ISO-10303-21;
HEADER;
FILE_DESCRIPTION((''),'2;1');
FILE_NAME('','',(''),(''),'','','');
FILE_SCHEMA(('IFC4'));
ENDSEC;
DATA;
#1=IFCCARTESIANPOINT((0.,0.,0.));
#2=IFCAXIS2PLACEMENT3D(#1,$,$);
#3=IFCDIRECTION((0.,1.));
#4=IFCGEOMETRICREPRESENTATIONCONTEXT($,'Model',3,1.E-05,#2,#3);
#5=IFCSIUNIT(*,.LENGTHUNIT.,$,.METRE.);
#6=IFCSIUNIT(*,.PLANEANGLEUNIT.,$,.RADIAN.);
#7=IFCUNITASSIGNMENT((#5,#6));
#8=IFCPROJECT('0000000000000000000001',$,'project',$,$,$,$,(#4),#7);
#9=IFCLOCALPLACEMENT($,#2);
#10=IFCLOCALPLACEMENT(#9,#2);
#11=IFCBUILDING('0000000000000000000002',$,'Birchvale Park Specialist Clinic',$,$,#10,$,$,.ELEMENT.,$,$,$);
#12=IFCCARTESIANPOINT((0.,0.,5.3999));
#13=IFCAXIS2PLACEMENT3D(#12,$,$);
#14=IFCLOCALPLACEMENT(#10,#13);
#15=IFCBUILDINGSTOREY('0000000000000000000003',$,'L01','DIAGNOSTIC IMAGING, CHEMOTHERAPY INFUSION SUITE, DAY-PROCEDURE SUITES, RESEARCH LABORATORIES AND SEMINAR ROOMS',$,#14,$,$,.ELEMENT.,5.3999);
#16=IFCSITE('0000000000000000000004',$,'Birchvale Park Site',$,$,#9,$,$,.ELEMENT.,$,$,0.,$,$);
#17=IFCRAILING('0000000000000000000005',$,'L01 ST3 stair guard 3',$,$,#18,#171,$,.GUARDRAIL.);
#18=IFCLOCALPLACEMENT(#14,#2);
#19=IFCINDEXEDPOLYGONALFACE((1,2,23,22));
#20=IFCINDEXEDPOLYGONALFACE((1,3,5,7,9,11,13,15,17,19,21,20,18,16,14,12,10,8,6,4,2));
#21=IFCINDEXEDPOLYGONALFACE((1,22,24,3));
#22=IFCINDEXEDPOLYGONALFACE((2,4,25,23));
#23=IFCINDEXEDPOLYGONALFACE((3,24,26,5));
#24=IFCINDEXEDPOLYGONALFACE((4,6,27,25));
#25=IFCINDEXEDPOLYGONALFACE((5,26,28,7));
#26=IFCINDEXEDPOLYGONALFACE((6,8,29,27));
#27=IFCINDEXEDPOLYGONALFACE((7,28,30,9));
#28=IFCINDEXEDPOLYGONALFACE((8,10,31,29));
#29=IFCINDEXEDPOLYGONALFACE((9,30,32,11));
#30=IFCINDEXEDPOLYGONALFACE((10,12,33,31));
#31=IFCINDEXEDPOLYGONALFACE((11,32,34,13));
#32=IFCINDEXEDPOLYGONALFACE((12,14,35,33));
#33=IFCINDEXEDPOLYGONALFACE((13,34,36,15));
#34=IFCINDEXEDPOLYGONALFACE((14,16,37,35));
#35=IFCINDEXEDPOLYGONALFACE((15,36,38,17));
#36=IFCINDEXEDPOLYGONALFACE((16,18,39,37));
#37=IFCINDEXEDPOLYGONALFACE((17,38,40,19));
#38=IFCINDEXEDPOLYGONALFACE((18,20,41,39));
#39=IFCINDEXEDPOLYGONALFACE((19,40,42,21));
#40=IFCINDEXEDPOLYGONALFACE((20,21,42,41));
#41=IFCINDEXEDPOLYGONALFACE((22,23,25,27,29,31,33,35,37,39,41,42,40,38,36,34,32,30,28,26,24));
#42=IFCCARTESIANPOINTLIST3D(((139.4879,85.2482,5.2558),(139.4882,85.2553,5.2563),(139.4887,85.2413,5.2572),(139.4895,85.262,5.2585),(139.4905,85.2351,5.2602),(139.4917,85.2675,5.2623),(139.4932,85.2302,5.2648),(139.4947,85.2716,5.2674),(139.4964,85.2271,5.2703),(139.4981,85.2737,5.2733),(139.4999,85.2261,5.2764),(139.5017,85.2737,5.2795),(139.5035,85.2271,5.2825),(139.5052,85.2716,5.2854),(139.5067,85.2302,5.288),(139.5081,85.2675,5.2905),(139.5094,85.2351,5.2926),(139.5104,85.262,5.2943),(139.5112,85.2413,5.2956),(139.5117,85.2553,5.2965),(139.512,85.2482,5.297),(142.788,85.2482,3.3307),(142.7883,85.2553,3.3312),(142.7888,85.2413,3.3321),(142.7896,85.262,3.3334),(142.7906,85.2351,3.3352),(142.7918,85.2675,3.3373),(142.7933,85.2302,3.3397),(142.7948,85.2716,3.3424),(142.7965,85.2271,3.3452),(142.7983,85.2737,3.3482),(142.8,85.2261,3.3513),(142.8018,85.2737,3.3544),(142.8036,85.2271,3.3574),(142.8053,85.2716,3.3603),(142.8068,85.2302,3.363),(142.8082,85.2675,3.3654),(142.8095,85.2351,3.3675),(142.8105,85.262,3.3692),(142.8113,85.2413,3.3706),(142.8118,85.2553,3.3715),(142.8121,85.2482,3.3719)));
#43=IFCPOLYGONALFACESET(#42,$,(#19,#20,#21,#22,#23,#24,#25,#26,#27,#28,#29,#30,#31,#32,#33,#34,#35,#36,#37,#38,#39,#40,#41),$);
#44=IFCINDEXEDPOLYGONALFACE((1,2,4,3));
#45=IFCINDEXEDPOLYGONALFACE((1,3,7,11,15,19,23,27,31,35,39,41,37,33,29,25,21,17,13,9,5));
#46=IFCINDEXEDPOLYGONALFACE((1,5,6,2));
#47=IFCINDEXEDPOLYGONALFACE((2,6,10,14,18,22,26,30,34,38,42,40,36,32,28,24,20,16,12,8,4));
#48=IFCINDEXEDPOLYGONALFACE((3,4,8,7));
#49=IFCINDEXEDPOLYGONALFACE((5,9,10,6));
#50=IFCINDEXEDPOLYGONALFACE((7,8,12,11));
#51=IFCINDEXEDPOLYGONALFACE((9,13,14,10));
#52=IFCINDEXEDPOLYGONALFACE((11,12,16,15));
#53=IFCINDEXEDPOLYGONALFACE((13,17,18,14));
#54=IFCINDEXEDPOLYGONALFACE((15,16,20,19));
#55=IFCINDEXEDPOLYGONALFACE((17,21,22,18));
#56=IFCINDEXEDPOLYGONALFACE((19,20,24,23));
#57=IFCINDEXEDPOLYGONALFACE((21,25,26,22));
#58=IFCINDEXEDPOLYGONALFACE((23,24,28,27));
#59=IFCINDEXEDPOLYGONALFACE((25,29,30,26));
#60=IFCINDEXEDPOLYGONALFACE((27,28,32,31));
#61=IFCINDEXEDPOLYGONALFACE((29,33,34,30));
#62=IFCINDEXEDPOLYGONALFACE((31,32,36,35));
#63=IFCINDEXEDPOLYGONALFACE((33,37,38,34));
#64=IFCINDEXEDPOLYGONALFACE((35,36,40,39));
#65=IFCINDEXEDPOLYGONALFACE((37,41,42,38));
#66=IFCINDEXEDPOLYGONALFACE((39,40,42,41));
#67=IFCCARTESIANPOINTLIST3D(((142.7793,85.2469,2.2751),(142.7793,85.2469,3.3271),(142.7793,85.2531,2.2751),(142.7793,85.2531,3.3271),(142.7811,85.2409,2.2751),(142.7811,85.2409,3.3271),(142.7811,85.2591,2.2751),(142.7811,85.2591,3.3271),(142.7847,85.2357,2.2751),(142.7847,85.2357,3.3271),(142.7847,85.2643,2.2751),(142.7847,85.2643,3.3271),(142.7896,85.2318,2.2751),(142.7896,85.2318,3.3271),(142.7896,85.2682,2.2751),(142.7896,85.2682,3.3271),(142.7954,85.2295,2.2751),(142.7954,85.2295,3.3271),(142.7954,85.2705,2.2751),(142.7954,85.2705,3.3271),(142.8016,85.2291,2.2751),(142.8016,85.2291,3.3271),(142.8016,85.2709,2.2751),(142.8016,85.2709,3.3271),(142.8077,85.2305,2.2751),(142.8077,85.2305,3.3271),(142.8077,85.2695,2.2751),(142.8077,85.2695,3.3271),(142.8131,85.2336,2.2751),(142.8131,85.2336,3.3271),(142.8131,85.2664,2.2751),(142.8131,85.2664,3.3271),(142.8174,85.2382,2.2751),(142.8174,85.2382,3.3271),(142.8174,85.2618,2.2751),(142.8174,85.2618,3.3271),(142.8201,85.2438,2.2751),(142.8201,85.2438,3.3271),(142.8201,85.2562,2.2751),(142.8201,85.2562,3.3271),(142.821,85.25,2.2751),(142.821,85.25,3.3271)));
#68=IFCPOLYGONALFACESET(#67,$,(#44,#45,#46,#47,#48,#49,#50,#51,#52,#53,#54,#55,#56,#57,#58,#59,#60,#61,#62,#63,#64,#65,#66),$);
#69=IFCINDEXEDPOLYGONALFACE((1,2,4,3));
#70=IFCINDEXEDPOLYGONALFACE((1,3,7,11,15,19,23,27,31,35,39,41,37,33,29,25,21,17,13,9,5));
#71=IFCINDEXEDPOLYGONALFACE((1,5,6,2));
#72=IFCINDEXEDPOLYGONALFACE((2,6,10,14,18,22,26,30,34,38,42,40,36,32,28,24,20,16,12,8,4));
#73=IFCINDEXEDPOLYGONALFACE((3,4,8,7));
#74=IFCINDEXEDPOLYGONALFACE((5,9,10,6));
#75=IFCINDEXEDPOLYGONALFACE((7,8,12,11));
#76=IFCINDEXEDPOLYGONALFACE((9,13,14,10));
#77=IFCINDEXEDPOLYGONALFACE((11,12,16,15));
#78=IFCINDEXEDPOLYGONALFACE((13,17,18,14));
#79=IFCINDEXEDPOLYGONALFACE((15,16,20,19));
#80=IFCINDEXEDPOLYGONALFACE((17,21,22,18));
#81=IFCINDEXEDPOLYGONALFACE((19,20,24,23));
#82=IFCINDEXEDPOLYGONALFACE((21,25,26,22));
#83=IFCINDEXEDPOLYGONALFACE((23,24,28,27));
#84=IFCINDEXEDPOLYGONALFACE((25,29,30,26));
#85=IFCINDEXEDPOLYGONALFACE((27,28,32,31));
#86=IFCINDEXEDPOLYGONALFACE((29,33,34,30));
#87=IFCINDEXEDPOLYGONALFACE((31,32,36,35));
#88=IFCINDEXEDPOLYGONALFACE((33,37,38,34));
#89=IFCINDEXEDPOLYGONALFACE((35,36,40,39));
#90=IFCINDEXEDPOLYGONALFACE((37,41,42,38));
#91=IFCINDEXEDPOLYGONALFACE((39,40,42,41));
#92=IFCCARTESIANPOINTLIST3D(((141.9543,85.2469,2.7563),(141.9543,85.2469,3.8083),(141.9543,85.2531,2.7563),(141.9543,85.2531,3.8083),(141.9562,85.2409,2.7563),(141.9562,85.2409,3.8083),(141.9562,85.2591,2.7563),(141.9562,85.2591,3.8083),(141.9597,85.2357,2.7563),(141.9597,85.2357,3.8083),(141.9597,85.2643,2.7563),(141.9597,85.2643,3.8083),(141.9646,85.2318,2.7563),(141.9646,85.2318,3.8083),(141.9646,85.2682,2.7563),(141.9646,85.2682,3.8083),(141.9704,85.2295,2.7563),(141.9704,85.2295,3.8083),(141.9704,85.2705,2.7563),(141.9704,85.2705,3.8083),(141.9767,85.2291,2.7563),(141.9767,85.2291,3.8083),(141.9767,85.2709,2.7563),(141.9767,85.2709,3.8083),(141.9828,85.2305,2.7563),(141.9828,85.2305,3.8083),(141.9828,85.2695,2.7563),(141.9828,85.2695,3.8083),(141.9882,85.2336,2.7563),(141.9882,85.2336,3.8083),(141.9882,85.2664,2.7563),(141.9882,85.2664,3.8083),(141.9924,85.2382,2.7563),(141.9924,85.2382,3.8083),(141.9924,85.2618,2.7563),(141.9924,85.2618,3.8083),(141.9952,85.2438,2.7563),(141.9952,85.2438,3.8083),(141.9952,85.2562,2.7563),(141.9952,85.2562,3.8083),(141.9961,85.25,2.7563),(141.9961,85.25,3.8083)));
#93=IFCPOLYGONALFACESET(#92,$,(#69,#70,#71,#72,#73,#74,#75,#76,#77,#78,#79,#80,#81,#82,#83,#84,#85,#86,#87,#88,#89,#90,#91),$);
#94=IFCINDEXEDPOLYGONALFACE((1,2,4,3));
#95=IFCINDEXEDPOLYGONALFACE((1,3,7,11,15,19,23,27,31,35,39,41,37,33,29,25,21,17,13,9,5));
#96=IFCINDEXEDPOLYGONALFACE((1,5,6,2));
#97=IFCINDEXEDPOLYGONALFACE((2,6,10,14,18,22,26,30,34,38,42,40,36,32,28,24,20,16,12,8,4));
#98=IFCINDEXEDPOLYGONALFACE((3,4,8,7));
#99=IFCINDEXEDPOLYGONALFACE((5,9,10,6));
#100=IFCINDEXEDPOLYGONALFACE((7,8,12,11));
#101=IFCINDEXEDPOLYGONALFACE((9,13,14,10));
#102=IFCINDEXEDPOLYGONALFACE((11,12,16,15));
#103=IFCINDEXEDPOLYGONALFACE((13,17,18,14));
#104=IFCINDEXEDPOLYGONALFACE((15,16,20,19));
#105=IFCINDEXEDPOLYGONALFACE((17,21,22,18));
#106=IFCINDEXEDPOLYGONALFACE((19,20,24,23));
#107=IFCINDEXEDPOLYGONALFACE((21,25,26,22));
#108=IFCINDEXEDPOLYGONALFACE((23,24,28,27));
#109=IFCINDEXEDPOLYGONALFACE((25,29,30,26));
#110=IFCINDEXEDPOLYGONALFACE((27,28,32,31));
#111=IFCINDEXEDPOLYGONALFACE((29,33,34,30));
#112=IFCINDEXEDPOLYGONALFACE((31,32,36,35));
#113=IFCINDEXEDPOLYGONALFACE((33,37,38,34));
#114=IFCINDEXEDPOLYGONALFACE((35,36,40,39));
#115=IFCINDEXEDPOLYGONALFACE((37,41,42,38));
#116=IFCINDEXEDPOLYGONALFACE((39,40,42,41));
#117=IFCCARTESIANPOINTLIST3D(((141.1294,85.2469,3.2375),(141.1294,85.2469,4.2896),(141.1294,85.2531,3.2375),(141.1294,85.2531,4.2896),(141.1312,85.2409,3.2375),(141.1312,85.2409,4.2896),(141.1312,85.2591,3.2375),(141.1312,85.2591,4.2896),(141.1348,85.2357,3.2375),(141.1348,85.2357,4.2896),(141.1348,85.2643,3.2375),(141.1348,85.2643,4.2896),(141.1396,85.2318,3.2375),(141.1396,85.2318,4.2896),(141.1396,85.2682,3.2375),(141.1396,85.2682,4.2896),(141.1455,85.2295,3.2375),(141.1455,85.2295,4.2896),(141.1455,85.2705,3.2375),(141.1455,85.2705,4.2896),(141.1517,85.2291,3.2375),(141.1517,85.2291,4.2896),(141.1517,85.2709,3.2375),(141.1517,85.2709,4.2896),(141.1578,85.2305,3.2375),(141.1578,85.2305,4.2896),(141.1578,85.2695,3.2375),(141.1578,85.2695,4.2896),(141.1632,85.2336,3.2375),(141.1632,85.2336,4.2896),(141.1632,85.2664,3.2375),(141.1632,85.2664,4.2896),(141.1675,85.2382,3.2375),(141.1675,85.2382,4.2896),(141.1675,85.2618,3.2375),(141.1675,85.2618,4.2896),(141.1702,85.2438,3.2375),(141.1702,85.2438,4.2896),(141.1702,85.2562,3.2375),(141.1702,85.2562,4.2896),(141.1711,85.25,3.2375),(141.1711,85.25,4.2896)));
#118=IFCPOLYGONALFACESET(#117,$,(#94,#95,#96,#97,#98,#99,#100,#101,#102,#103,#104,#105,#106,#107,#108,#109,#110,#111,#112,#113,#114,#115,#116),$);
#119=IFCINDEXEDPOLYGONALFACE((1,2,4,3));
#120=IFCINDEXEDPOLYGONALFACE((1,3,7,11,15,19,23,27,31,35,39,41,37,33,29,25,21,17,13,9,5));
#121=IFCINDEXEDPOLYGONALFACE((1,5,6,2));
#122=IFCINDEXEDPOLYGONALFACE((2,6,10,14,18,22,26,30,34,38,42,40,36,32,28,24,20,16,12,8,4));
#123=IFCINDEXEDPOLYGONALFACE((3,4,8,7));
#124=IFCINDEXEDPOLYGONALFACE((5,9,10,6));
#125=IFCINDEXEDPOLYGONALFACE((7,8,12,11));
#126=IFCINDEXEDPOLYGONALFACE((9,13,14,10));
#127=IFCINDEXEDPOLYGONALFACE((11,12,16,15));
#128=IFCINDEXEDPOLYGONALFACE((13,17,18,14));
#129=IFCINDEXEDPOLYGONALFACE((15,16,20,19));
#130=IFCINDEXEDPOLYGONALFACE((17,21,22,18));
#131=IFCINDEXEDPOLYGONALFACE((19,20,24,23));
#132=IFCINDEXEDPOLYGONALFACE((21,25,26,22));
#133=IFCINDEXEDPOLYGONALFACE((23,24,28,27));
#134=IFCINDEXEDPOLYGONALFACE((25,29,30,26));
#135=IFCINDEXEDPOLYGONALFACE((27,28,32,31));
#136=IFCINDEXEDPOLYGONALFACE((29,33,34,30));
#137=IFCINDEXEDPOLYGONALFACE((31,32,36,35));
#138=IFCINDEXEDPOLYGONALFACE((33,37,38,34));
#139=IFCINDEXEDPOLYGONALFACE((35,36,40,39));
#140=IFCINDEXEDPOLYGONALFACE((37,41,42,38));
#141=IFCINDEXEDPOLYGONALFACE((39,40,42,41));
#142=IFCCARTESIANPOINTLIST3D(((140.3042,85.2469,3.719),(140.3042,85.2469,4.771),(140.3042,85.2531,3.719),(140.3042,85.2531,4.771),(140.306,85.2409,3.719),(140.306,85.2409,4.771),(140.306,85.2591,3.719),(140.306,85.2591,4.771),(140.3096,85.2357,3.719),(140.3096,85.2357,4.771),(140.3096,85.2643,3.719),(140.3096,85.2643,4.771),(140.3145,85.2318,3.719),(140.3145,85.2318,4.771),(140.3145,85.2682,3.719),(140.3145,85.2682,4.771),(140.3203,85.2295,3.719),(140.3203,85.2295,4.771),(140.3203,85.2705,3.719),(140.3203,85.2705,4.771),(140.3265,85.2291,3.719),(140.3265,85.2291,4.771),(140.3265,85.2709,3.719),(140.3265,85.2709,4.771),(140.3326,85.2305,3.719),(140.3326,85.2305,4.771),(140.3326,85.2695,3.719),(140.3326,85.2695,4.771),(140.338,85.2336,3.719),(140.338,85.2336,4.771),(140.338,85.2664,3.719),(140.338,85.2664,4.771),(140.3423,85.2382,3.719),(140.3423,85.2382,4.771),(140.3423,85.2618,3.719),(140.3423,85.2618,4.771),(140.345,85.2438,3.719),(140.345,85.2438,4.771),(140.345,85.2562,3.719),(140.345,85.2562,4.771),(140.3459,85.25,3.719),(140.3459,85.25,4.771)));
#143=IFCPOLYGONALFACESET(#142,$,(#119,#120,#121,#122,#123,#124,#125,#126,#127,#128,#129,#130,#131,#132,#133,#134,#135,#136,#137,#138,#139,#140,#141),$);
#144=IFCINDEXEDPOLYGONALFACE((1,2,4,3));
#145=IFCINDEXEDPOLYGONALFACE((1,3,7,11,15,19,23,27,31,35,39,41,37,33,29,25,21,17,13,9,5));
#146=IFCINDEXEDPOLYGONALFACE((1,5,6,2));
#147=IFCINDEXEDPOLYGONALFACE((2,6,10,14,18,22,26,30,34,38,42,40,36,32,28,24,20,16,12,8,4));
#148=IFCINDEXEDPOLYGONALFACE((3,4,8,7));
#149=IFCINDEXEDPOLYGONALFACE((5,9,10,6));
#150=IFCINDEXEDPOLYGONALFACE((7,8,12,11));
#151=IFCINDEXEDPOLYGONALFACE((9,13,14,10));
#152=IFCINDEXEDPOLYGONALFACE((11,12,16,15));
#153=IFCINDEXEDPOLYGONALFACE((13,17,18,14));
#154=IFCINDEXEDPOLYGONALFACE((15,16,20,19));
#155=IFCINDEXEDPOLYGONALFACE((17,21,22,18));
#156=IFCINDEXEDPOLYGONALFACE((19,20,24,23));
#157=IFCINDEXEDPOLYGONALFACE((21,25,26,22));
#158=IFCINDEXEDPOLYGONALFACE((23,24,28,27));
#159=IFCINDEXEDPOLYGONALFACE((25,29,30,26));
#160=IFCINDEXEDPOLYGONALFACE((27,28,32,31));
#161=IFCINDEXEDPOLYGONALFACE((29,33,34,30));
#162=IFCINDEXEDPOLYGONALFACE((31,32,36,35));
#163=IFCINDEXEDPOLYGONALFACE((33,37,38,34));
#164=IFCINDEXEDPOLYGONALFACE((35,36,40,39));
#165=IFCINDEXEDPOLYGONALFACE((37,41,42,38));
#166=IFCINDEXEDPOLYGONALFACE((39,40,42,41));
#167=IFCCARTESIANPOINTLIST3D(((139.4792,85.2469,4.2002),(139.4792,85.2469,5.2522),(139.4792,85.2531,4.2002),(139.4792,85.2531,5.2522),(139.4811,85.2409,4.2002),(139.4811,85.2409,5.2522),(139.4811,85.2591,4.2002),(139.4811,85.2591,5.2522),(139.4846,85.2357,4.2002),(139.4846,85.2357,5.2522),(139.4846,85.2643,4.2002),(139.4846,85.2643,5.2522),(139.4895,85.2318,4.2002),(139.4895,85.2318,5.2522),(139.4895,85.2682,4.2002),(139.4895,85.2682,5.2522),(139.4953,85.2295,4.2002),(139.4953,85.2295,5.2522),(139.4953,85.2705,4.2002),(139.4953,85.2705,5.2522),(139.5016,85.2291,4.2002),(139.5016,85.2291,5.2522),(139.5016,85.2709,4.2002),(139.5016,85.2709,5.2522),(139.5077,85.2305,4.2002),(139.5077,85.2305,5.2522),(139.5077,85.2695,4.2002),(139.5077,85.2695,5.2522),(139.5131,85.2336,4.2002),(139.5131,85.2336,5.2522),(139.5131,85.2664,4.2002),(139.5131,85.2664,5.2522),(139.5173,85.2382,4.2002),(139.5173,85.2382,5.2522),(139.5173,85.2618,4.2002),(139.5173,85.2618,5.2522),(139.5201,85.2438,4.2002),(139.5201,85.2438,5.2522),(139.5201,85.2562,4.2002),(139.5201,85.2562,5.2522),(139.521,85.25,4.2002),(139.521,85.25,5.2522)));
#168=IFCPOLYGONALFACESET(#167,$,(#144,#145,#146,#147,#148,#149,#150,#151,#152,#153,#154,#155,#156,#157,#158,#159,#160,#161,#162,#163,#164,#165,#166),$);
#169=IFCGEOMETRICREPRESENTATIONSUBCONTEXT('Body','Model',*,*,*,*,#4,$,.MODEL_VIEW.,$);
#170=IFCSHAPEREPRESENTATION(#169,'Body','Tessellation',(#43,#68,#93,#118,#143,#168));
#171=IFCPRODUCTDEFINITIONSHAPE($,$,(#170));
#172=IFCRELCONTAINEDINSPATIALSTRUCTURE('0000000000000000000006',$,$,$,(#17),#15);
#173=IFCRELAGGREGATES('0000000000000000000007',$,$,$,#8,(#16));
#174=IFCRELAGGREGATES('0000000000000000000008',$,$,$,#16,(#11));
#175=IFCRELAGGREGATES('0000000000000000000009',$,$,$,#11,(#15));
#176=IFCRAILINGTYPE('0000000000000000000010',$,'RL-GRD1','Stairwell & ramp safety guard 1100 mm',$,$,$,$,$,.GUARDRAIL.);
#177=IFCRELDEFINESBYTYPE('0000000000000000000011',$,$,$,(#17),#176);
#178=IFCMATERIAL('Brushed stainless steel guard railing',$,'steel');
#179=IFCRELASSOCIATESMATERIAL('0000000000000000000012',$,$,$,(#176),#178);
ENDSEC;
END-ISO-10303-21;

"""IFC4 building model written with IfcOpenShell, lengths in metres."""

from ifc_helpers import new_model, si_unit, direction, frame, origin, origin_2d, place, context, subcontext, project, spatial, circle, extrude, material, type_object, element, save


model = new_model("IFC4")

# Units and contexts
model_context = context("Model", 3, precision=1e-05, world=origin(), true_north=direction((0.0, 1.0)))
body_context = subcontext(model_context, "Body", "Model", "MODEL_VIEW")
ifc_project = project(units=[si_unit("LENGTHUNIT", "METRE"), si_unit("PLANEANGLEUNIT", "RADIAN")], contexts=[model_context])

# Site, building, storey
site_placement = place(None, origin())
site = spatial("IfcSite", under=ifc_project, at=site_placement, Name="Birchvale Park Site", CompositionType="ELEMENT", RefElevation=0.0)
building_placement = place(site_placement, origin())
building = spatial("IfcBuilding", under=site, at=building_placement, Name="Birchvale Park Specialist Clinic", CompositionType="ELEMENT")
storey_placement = place(building_placement, frame((0.0, 0.0, 5.3999)))
storey = spatial("IfcBuildingStorey", under=building, at=storey_placement, Name="L01", Description="DIAGNOSTIC IMAGING, CHEMOTHERAPY INFUSION SUITE, DAY-PROCEDURE SUITES, RESEARCH LABORATORIES AND SEMINAR ROOMS", CompositionType="ELEMENT", Elevation=5.3999)

# Railing
ifc_material_1 = material(Name="Brushed stainless steel guard railing", Category="steel")
railing_type_1 = type_object("IfcRailingType", Name="RL-GRD1", Description="Stairwell & ramp safety guard 1100 mm", PredefinedType="GUARDRAIL", material=ifc_material_1)
railing_1_placement = place(storey_placement, frame((142.8, 85.25, 2.2751)))
element("IfcRailing", 1, at=railing_1_placement, inside=storey, type_object=railing_type_1, Name="L01 ST3 stair guard 3", PredefinedType="GUARDRAIL", context=body_context, shape_type="SweptSolid", body=[
    extrude(circle(Radius=0.0239, at=origin_2d()), frame((0.0, 0.0, 1.0762), z_axis=(-0.863777, 0.0, 0.503875), x_axis=(0.0, -1.0, 0.0)), (0.0, 0.0, 1.0), 3.8206),
    extrude(circle(Radius=0.021, at=origin_2d()), origin(), (0.0, 0.0, 1.0), 1.052),
    extrude(circle(Radius=0.021, at=origin_2d()), frame((-0.825, 0.0, 0.4812)), (0.0, 0.0, 1.0), 1.052),
    extrude(circle(Radius=0.021, at=origin_2d()), frame((-1.6499, 0.0, 0.9624)), (0.0, 0.0, 1.0), 1.052),
    extrude(circle(Radius=0.021, at=origin_2d()), frame((-2.4751, 0.0, 1.4438)), (0.0, 0.0, 1.0), 1.052),
    extrude(circle(Radius=0.021, at=origin_2d()), frame((-3.3, 0.0, 1.925)), (0.0, 0.0, 1.0), 1.052),
])

save(model, "model.ifc")
